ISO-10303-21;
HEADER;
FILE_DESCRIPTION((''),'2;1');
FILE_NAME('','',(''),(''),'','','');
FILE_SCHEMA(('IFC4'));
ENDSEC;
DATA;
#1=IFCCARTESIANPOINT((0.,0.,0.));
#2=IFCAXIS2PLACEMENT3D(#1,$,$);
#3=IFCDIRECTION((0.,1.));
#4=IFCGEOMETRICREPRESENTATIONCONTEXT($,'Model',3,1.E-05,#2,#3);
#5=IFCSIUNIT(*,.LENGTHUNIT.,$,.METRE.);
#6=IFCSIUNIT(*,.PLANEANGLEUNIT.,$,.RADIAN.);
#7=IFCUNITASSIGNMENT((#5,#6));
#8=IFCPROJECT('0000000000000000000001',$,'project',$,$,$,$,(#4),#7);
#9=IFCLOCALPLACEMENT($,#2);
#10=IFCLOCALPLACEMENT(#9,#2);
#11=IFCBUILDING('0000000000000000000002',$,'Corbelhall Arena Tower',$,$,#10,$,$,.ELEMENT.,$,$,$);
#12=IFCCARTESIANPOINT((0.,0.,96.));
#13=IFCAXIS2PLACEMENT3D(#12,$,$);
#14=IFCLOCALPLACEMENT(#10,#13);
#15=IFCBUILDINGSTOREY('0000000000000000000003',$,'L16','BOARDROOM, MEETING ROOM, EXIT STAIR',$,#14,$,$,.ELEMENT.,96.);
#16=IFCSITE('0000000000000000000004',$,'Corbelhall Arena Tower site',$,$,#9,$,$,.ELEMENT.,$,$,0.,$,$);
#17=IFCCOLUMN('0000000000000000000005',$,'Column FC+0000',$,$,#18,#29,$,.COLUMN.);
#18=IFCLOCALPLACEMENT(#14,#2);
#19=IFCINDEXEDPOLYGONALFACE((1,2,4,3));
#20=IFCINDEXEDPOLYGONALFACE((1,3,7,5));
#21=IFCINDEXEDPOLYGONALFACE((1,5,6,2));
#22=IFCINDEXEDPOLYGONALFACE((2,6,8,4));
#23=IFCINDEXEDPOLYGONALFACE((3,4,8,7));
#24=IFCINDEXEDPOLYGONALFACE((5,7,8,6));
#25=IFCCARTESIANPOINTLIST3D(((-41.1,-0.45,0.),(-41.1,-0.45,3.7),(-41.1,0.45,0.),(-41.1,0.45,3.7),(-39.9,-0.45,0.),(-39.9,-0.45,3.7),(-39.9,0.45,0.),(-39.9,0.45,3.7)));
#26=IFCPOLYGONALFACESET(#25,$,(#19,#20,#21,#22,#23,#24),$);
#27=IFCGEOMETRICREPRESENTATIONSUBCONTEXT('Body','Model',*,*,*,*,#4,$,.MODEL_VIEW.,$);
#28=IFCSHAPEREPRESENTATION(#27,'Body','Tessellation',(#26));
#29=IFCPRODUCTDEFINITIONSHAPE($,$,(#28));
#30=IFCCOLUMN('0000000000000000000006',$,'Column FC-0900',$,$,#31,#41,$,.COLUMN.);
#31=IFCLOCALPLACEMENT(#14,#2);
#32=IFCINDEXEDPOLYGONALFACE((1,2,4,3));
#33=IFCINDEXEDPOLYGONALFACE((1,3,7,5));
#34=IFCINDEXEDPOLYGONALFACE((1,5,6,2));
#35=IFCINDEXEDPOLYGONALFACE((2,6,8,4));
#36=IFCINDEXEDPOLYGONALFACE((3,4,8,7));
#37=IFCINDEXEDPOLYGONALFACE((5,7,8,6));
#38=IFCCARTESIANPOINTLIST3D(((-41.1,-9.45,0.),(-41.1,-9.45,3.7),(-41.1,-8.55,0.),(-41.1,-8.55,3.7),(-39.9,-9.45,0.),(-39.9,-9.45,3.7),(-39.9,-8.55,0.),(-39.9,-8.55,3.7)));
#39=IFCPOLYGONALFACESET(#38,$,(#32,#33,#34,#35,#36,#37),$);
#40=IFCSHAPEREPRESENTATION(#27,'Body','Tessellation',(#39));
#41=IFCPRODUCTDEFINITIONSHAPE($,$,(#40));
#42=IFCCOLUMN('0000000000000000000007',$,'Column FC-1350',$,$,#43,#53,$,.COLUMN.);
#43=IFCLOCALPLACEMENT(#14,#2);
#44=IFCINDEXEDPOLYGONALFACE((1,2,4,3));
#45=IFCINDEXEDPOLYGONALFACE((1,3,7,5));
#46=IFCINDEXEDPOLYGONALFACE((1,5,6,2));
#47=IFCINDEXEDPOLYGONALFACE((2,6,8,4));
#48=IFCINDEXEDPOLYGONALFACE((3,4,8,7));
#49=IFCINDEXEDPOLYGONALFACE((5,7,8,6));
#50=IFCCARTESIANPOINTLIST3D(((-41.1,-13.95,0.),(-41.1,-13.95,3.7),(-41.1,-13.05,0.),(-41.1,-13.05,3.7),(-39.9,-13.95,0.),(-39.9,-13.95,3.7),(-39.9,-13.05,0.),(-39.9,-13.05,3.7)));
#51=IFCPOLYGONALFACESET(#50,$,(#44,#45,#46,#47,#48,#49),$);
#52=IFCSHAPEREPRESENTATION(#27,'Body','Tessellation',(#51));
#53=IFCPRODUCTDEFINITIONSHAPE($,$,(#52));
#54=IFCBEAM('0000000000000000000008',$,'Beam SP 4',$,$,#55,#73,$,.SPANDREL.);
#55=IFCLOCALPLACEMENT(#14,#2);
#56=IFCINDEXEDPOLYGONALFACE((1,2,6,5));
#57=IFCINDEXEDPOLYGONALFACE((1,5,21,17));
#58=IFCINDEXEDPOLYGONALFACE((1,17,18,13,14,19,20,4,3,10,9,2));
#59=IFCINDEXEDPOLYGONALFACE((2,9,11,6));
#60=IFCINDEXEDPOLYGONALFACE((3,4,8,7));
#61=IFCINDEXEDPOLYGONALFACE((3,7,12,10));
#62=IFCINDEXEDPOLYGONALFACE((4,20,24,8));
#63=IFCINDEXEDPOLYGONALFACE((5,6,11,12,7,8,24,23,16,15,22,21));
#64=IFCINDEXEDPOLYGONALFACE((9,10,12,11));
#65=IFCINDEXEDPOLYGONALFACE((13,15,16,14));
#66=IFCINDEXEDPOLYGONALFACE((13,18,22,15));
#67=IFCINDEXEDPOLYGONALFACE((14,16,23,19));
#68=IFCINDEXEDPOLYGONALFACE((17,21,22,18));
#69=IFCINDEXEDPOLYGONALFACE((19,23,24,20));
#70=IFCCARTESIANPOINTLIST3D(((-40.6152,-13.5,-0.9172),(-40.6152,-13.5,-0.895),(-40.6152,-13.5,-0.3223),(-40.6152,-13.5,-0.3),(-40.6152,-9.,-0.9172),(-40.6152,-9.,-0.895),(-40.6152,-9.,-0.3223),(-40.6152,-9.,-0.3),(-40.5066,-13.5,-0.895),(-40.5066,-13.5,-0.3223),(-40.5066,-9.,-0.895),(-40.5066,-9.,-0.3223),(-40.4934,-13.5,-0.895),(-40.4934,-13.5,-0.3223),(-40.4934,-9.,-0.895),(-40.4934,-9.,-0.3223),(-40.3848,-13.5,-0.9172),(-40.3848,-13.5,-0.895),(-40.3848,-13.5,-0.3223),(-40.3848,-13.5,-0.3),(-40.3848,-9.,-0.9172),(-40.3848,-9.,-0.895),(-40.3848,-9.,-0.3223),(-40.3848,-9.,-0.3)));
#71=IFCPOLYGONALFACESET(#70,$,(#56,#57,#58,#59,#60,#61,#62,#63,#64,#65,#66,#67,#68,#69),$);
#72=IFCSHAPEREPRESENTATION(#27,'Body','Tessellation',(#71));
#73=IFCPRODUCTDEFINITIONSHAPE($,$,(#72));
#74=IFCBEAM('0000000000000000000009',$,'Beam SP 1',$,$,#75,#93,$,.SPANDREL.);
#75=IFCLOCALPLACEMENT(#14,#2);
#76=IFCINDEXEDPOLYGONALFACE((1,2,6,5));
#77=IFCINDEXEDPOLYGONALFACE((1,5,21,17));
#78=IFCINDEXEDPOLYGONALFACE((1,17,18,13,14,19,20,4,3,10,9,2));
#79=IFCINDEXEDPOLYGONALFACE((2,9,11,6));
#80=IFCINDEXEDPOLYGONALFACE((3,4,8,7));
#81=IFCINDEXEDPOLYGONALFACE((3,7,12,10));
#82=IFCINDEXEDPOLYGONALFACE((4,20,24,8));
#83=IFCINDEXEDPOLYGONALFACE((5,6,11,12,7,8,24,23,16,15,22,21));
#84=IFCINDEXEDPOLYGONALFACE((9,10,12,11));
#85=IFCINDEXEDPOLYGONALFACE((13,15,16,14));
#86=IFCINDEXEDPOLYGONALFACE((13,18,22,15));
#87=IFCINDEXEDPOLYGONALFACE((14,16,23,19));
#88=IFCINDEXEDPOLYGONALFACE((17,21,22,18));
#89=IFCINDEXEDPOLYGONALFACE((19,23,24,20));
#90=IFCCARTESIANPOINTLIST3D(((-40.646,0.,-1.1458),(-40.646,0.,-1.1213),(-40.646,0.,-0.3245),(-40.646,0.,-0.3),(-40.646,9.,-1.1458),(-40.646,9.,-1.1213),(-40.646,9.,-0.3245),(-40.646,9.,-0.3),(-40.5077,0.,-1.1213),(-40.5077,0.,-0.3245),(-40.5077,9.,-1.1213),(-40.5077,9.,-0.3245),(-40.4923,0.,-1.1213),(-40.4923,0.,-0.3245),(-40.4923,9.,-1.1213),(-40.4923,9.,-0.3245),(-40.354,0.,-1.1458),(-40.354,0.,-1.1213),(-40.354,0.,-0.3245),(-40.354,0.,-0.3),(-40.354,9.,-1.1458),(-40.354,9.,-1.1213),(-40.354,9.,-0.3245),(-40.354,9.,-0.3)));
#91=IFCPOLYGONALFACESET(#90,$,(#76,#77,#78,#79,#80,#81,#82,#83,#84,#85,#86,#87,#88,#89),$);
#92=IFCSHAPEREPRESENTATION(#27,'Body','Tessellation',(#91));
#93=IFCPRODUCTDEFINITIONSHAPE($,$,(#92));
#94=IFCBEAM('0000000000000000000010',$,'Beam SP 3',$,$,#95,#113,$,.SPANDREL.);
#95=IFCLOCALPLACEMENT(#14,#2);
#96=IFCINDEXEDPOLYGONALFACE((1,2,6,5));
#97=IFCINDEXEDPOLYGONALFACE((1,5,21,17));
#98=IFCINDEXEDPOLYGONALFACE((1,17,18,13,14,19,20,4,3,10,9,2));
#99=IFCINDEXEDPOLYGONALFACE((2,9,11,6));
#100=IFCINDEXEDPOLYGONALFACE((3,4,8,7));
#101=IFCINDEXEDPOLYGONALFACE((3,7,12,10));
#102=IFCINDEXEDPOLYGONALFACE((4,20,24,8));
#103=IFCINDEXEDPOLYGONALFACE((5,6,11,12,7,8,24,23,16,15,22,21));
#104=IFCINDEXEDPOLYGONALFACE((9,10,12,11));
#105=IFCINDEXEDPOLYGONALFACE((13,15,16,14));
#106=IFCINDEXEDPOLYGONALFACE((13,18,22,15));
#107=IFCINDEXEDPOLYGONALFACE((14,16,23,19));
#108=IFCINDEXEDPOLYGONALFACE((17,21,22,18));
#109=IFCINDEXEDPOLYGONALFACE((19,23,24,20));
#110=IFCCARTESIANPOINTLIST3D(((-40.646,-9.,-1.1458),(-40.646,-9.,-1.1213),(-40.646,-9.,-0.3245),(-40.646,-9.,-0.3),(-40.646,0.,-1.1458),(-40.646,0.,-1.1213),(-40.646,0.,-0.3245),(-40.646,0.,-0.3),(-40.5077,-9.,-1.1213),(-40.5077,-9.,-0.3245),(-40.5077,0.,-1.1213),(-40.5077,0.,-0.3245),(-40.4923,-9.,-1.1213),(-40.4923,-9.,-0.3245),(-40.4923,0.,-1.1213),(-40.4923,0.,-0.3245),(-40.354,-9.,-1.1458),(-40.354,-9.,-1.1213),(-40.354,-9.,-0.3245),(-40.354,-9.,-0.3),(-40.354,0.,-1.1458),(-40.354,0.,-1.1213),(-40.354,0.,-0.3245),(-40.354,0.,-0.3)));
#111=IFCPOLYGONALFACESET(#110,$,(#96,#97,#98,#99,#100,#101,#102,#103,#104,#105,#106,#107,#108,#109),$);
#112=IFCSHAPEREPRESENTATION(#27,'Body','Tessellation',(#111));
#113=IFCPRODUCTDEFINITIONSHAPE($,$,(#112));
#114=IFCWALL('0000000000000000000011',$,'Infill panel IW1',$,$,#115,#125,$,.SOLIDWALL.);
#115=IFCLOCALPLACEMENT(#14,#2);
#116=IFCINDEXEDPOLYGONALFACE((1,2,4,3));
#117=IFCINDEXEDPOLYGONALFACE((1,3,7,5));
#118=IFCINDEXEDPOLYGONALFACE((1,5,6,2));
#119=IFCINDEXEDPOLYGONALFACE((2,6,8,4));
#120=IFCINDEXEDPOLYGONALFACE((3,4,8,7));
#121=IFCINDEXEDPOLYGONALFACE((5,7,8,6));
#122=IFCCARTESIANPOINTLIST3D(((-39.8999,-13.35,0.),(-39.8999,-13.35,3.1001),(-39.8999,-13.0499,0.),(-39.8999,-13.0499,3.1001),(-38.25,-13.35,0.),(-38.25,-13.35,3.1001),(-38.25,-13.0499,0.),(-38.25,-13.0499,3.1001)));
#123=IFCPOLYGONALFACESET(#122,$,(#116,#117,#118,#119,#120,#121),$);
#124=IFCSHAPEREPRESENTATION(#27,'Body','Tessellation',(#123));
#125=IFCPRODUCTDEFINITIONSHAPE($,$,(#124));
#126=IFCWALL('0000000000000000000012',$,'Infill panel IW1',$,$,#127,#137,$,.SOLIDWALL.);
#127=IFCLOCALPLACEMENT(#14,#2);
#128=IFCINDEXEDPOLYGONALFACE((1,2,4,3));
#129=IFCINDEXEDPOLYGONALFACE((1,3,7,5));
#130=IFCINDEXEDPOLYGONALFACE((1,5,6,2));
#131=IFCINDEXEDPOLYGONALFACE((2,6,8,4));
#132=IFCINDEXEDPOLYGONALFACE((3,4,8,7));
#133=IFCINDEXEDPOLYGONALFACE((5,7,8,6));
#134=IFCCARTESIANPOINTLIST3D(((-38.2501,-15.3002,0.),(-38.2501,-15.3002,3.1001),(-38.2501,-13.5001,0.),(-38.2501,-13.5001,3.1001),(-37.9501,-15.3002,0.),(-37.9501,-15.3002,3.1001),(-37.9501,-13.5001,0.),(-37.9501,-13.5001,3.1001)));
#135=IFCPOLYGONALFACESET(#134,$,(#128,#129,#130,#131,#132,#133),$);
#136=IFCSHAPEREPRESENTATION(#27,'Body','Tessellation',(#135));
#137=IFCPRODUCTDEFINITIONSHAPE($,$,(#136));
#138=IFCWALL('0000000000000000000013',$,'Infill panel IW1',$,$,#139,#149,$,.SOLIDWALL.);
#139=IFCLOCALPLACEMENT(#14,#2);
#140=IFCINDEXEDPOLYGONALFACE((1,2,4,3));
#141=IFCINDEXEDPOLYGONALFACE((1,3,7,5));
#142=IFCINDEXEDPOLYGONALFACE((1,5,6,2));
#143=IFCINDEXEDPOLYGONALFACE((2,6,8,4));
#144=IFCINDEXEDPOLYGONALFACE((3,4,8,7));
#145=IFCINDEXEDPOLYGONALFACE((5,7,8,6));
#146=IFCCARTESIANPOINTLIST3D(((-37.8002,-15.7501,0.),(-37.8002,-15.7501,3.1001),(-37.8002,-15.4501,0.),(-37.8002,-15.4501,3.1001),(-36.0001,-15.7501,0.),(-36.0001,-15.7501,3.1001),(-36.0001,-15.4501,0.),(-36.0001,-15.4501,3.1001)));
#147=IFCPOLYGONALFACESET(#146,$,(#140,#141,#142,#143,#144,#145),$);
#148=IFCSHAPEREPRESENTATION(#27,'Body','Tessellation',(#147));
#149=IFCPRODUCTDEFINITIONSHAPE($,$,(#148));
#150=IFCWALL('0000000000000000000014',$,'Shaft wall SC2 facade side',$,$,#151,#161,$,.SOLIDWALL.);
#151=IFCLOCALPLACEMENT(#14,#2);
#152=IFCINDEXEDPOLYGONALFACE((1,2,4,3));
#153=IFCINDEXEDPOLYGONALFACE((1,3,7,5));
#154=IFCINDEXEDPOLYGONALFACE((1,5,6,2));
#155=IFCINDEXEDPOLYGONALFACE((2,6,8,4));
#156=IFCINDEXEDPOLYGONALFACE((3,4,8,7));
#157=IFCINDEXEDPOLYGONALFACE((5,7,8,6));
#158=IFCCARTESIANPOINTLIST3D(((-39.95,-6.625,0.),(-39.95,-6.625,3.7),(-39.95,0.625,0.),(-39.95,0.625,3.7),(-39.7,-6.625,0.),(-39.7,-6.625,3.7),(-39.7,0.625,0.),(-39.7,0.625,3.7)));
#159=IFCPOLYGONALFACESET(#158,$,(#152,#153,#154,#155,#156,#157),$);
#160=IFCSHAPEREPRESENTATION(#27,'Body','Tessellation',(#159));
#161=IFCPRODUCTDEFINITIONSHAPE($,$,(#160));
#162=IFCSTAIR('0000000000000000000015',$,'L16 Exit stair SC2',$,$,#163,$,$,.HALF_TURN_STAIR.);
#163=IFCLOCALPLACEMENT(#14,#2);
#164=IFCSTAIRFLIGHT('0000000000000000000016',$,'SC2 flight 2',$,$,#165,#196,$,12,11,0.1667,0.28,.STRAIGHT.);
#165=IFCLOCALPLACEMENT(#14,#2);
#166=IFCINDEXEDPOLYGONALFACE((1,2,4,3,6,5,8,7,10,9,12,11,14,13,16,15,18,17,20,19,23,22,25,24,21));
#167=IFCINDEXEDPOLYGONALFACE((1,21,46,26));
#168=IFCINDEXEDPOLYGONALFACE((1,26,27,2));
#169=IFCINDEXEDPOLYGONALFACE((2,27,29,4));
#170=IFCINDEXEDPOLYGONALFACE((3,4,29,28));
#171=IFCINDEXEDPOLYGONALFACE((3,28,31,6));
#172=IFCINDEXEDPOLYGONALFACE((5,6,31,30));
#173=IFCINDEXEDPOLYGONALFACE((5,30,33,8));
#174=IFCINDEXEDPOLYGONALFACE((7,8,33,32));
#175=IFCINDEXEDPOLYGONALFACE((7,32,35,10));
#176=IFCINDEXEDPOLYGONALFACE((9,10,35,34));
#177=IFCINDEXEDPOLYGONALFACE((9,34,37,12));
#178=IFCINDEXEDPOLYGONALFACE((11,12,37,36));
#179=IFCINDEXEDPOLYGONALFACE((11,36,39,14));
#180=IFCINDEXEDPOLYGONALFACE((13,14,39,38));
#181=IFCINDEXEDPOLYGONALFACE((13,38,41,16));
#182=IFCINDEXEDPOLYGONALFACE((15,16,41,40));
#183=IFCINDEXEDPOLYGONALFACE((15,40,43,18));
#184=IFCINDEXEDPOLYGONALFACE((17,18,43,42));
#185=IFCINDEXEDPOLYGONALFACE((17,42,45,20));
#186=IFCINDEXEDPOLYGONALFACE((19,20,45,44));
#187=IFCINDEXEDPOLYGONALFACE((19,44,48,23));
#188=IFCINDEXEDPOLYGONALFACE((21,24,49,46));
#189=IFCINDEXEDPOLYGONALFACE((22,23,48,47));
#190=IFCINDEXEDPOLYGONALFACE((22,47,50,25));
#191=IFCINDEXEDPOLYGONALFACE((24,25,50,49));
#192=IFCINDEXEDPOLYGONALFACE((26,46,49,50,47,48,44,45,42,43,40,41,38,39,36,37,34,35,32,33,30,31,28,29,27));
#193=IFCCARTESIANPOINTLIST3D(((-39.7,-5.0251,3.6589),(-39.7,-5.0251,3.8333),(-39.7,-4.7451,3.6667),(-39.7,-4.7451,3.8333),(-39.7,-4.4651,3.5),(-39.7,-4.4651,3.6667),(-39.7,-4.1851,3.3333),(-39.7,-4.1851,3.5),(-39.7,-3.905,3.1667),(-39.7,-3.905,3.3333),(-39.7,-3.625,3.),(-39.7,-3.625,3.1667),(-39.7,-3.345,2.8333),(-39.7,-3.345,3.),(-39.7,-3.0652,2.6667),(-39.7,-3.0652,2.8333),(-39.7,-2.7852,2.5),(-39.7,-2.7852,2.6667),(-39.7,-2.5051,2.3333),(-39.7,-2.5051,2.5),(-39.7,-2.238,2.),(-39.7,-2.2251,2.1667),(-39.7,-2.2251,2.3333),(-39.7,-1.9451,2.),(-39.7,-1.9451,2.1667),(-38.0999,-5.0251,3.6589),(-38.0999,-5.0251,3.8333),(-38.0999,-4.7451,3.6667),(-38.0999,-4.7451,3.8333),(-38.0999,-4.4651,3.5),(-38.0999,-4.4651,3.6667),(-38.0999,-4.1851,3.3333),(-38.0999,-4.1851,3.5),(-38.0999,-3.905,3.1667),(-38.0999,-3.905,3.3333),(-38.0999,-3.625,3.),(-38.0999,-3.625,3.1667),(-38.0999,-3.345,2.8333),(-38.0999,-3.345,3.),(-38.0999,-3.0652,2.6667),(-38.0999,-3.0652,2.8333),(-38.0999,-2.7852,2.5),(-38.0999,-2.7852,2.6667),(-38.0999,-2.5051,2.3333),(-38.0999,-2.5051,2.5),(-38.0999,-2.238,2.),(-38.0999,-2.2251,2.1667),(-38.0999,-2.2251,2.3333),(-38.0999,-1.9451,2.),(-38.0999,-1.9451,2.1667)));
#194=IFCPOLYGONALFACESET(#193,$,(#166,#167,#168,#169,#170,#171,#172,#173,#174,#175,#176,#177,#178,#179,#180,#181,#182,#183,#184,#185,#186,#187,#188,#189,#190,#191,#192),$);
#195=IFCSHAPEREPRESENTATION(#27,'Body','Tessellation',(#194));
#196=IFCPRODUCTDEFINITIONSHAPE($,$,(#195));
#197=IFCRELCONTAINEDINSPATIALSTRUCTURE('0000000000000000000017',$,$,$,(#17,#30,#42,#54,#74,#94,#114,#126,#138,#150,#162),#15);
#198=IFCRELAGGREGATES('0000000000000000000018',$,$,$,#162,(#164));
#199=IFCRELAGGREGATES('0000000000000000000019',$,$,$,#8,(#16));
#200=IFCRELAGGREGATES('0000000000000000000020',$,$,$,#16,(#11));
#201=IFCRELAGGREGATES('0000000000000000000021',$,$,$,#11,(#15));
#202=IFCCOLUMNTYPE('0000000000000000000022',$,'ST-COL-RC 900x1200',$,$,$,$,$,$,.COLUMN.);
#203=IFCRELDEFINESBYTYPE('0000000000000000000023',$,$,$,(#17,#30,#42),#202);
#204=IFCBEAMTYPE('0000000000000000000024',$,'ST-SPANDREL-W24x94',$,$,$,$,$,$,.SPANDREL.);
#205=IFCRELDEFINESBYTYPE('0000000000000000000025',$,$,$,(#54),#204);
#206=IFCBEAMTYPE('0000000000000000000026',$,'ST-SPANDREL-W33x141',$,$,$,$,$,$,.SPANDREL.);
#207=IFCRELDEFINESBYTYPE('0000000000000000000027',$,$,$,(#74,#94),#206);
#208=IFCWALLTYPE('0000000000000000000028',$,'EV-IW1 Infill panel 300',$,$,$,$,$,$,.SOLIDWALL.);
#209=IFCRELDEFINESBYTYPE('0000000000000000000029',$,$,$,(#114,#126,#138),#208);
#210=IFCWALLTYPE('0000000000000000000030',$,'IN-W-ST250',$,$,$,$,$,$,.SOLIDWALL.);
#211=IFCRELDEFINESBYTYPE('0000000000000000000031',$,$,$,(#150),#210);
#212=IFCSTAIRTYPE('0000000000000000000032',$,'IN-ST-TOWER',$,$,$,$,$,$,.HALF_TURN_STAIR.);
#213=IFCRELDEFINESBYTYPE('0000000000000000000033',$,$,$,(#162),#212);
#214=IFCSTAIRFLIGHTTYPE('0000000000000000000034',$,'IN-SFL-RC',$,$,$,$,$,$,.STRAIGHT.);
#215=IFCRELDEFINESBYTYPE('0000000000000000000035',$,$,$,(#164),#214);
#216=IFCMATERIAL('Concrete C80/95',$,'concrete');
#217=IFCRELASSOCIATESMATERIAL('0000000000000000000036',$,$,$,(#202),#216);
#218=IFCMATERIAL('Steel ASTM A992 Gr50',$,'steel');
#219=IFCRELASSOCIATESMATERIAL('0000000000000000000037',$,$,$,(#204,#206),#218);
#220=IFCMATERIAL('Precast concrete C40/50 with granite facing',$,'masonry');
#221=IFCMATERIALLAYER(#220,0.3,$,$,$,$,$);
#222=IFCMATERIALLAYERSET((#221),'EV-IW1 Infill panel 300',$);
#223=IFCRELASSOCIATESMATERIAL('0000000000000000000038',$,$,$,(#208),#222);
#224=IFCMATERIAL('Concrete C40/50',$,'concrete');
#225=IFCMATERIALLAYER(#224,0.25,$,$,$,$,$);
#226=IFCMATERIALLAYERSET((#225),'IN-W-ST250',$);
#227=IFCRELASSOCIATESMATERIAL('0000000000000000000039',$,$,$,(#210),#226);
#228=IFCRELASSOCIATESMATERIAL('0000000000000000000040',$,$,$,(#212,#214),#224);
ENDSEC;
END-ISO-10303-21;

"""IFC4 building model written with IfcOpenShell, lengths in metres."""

from ifc_helpers import new_model, si_unit, direction, frame, frame_2d, origin, origin_2d, place, context, subcontext, project, spatial, polyline, rectangle, i_section, outline, extrude, material, layer, layer_set, material_profile, profile_set, type_object, element, aggregate, save


model = new_model("IFC4")

# Units and contexts
model_context = context("Model", 3, precision=1e-05, world=origin(), true_north=direction((0.0, 1.0)))
body_context = subcontext(model_context, "Body", "Model", "MODEL_VIEW")
ifc_project = project(units=[si_unit("LENGTHUNIT", "METRE"), si_unit("PLANEANGLEUNIT", "RADIAN")], contexts=[model_context])

# Site, building, storey
site_placement = place(None, origin())
site = spatial("IfcSite", under=ifc_project, at=site_placement, Name="Corbelhall Arena Tower site", CompositionType="ELEMENT", RefElevation=0.0)
building_placement = place(site_placement, origin())
building = spatial("IfcBuilding", under=site, at=building_placement, Name="Corbelhall Arena Tower", CompositionType="ELEMENT")
storey_placement = place(building_placement, frame((0.0, 0.0, 96.0)))
storey = spatial("IfcBuildingStorey", under=building, at=storey_placement, Name="L16", Description="BOARDROOM, MEETING ROOM, EXIT STAIR", CompositionType="ELEMENT", Elevation=96.0)

# Columns
ifc_material_1 = material(Name="Concrete C80/95", Category="concrete")
ifc_material_profile_1 = material_profile(ifc_material_1, rectangle(XDim=0.8999, YDim=1.2, at=origin_2d()))
ifc_profile_set_1 = profile_set([ifc_material_profile_1], Name="Concrete C80/95")
column_type = type_object("IfcColumnType", Name="ST-COL-RC 900x1200", PredefinedType="COLUMN", material=ifc_profile_set_1)
for number, where, z_axis, x_axis, name in (
    (1, (-40.5, 0.0, 0.0), (0.0, 0.0, 1.0), (0.0, 1.0, 0.0), "Column FC+0000"),
    (2, (-40.5, -9.0, 0.0), (0.0, 0.0, 1.0), (0.0, 1.0, 0.0), "Column FC-0900"),
    (3, (-40.5, -13.5, 0.0), (0.0, 0.0, 1.0), (0.0, 1.0, 0.0), "Column FC-1350"),
):
    element("IfcColumn", number, at=place(storey_placement, frame(where, z_axis=z_axis, x_axis=x_axis)), inside=storey, type_object=column_type, Name=name, PredefinedType="COLUMN", context=body_context, shape_type="SweptSolid", body=[
        extrude(rectangle(XDim=0.8999, YDim=1.2, at=origin_2d()), origin(), (0.0, 0.0, 1.0), 3.7),
    ])

# Beams
ifc_material_2 = material(Name="Steel ASTM A992 Gr50", Category="steel")
ifc_material_profile_2 = material_profile(ifc_material_2, i_section(OverallWidth=0.2305, OverallDepth=0.6172, WebThickness=0.0132, FlangeThickness=0.0222, at=origin_2d()))
ifc_profile_set_2 = profile_set([ifc_material_profile_2], Name="Steel ASTM A992 Gr50")
beam_type_1 = type_object("IfcBeamType", Name="ST-SPANDREL-W24x94", PredefinedType="SPANDREL", material=ifc_profile_set_2)
beam_placement = place(storey_placement, frame((-40.5, -13.5, -0.6086), z_axis=(0.0, 1.0, 0.0), x_axis=(-1.0, 0.0, 0.0)))
element("IfcBeam", 4, at=beam_placement, inside=storey, type_object=beam_type_1, Name="Beam SP 4", PredefinedType="SPANDREL", context=body_context, shape_type="SweptSolid", body=[
    extrude(i_section(OverallWidth=0.2305, OverallDepth=0.6172, WebThickness=0.0132, FlangeThickness=0.0222, at=origin_2d()), origin(), (0.0, 0.0, 1.0), 4.5),
])
ifc_material_profile_3 = material_profile(ifc_material_2, i_section(OverallWidth=0.292, OverallDepth=0.8457, WebThickness=0.0154, FlangeThickness=0.0244, at=origin_2d()))
ifc_profile_set_3 = profile_set([ifc_material_profile_3], Name="Steel ASTM A992 Gr50")
beam_type_2 = type_object("IfcBeamType", Name="ST-SPANDREL-W33x141", PredefinedType="SPANDREL", material=ifc_profile_set_3)
for number, where, z_axis, x_axis, name in (
    (5, (-40.5, 0.0, -0.7229), (0.0, 1.0, 0.0), (-1.0, 0.0, 0.0), "Beam SP 1"),
    (6, (-40.5, -9.0, -0.7229), (0.0, 1.0, 0.0), (-1.0, 0.0, 0.0), "Beam SP 3"),
):
    element("IfcBeam", number, at=place(storey_placement, frame(where, z_axis=z_axis, x_axis=x_axis)), inside=storey, type_object=beam_type_2, Name=name, PredefinedType="SPANDREL", context=body_context, shape_type="SweptSolid", body=[
        extrude(i_section(OverallWidth=0.292, OverallDepth=0.8457, WebThickness=0.0154, FlangeThickness=0.0244, at=origin_2d()), origin(), (0.0, 0.0, 1.0), 9.0),
    ])

# Walls
ifc_material_3 = material(Name="Precast concrete C40/50 with granite facing", Category="masonry")
ifc_layer_1 = layer(ifc_material_3, 0.3)
ifc_layer_set_1 = layer_set([ifc_layer_1], Name="EV-IW1 Infill panel 300")
wall_type_1 = type_object("IfcWallType", Name="EV-IW1 Infill panel 300", PredefinedType="SOLIDWALL", material=ifc_layer_set_1)
wall_1_placement = place(storey_placement, frame((-39.8999, -13.2, 0.0), z_axis=(0.0, 0.0, 1.0), x_axis=(1.0, 0.0, 0.0)))
element("IfcWall", 7, at=wall_1_placement, inside=storey, type_object=wall_type_1, Name="Infill panel IW1", PredefinedType="SOLIDWALL", context=body_context, shape_type="SweptSolid", body=[
    extrude(rectangle(XDim=1.6499, YDim=0.3, at=frame_2d((0.825, 0.0))), origin(), (0.0, 0.0, 1.0), 3.1001),
])
for number, where, z_axis, x_axis, name in (
    (8, (-38.1001, -15.3, 0.0), (0.0, 0.0, 1.0), (0.0, 1.0, 0.0), "Infill panel IW1"),
    (9, (-37.8, -15.6001, 0.0), (0.0, 0.0, 1.0), (1.0, 0.0, 0.0), "Infill panel IW1"),
):
    element("IfcWall", number, at=place(storey_placement, frame(where, z_axis=z_axis, x_axis=x_axis)), inside=storey, type_object=wall_type_1, Name=name, PredefinedType="SOLIDWALL", context=body_context, shape_type="SweptSolid", body=[
        extrude(rectangle(XDim=1.8, YDim=0.3, at=frame_2d((0.8999, 0.0))), origin(), (0.0, 0.0, 1.0), 3.1001),
    ])

# Wall
ifc_material_4 = material(Name="Concrete C40/50", Category="concrete")
ifc_layer_2 = layer(ifc_material_4, 0.25)
ifc_layer_set_2 = layer_set([ifc_layer_2], Name="IN-W-ST250")
wall_type_2 = type_object("IfcWallType", Name="IN-W-ST250", PredefinedType="SOLIDWALL", material=ifc_layer_set_2)
wall_2_placement = place(storey_placement, frame((-39.825, -6.625, 0.0), z_axis=(0.0, 0.0, 1.0), x_axis=(0.0, 1.0, 0.0)))
element("IfcWall", 10, at=wall_2_placement, inside=storey, type_object=wall_type_2, Name="Shaft wall SC2 facade side", PredefinedType="SOLIDWALL", context=body_context, shape_type="SweptSolid", body=[
    extrude(rectangle(XDim=7.25, YDim=0.25, at=frame_2d((3.625, 0.0))), origin(), (0.0, 0.0, 1.0), 3.7),
])

# Stair, stair flight
stair_type = type_object("IfcStairType", Name="IN-ST-TOWER", PredefinedType="HALF_TURN_STAIR", material=ifc_material_4)
stair_placement = place(storey_placement, origin())
stair = element("IfcStair", 11, at=stair_placement, inside=storey, type_object=stair_type, Name="L16 Exit stair SC2", PredefinedType="HALF_TURN_STAIR")
stair_flight_type = type_object("IfcStairFlightType", Name="IN-SFL-RC", PredefinedType="STRAIGHT", material=ifc_material_4)
stair_flight_placement = place(storey_placement, frame((-38.8999, -1.9451, 2.0), z_axis=(0.0, 0.0, 1.0), x_axis=(0.0, -1.0, 0.0)))
stair_flight = element("IfcStairFlight", 12, at=stair_flight_placement, type_object=stair_flight_type, Name="SC2 flight 2", NumberOfRisers=12, NumberOfTreads=11, PredefinedType="STRAIGHT", RiserHeight=0.1667, TreadLength=0.28, context=body_context, shape_type="SweptSolid", body=[
    extrude(outline(polyline([(0.0, 0.0), (0.0, 0.1667), (0.28, 0.1667), (0.28, 0.3333), (0.5601, 0.3333), (0.5601, 0.5), (0.8401, 0.5), (0.8401, 0.6667), (1.1201, 0.6667), (1.1201, 0.8333), (1.3999, 0.8333), (1.3999, 1.0), (1.6799, 1.0), (1.6799, 1.1667), (1.96, 1.1667), (1.96, 1.3333), (2.24, 1.3333), (2.24, 1.5), (2.52, 1.5), (2.52, 1.6667), (2.8, 1.6667), (2.8, 1.8333), (3.0801, 1.8333), (3.0801, 2.0), (3.0801, 1.6589), (0.293, 0.0), (0.0, 0.0)])), frame((0.0, 0.8, 0.0), z_axis=(0.0, -1.0, 0.0), x_axis=(1.0, 0.0, 0.0)), (0.0, 0.0, 1.0), 1.6001),
])
aggregate(stair, [stair_flight])

save(model, "model.ifc")
